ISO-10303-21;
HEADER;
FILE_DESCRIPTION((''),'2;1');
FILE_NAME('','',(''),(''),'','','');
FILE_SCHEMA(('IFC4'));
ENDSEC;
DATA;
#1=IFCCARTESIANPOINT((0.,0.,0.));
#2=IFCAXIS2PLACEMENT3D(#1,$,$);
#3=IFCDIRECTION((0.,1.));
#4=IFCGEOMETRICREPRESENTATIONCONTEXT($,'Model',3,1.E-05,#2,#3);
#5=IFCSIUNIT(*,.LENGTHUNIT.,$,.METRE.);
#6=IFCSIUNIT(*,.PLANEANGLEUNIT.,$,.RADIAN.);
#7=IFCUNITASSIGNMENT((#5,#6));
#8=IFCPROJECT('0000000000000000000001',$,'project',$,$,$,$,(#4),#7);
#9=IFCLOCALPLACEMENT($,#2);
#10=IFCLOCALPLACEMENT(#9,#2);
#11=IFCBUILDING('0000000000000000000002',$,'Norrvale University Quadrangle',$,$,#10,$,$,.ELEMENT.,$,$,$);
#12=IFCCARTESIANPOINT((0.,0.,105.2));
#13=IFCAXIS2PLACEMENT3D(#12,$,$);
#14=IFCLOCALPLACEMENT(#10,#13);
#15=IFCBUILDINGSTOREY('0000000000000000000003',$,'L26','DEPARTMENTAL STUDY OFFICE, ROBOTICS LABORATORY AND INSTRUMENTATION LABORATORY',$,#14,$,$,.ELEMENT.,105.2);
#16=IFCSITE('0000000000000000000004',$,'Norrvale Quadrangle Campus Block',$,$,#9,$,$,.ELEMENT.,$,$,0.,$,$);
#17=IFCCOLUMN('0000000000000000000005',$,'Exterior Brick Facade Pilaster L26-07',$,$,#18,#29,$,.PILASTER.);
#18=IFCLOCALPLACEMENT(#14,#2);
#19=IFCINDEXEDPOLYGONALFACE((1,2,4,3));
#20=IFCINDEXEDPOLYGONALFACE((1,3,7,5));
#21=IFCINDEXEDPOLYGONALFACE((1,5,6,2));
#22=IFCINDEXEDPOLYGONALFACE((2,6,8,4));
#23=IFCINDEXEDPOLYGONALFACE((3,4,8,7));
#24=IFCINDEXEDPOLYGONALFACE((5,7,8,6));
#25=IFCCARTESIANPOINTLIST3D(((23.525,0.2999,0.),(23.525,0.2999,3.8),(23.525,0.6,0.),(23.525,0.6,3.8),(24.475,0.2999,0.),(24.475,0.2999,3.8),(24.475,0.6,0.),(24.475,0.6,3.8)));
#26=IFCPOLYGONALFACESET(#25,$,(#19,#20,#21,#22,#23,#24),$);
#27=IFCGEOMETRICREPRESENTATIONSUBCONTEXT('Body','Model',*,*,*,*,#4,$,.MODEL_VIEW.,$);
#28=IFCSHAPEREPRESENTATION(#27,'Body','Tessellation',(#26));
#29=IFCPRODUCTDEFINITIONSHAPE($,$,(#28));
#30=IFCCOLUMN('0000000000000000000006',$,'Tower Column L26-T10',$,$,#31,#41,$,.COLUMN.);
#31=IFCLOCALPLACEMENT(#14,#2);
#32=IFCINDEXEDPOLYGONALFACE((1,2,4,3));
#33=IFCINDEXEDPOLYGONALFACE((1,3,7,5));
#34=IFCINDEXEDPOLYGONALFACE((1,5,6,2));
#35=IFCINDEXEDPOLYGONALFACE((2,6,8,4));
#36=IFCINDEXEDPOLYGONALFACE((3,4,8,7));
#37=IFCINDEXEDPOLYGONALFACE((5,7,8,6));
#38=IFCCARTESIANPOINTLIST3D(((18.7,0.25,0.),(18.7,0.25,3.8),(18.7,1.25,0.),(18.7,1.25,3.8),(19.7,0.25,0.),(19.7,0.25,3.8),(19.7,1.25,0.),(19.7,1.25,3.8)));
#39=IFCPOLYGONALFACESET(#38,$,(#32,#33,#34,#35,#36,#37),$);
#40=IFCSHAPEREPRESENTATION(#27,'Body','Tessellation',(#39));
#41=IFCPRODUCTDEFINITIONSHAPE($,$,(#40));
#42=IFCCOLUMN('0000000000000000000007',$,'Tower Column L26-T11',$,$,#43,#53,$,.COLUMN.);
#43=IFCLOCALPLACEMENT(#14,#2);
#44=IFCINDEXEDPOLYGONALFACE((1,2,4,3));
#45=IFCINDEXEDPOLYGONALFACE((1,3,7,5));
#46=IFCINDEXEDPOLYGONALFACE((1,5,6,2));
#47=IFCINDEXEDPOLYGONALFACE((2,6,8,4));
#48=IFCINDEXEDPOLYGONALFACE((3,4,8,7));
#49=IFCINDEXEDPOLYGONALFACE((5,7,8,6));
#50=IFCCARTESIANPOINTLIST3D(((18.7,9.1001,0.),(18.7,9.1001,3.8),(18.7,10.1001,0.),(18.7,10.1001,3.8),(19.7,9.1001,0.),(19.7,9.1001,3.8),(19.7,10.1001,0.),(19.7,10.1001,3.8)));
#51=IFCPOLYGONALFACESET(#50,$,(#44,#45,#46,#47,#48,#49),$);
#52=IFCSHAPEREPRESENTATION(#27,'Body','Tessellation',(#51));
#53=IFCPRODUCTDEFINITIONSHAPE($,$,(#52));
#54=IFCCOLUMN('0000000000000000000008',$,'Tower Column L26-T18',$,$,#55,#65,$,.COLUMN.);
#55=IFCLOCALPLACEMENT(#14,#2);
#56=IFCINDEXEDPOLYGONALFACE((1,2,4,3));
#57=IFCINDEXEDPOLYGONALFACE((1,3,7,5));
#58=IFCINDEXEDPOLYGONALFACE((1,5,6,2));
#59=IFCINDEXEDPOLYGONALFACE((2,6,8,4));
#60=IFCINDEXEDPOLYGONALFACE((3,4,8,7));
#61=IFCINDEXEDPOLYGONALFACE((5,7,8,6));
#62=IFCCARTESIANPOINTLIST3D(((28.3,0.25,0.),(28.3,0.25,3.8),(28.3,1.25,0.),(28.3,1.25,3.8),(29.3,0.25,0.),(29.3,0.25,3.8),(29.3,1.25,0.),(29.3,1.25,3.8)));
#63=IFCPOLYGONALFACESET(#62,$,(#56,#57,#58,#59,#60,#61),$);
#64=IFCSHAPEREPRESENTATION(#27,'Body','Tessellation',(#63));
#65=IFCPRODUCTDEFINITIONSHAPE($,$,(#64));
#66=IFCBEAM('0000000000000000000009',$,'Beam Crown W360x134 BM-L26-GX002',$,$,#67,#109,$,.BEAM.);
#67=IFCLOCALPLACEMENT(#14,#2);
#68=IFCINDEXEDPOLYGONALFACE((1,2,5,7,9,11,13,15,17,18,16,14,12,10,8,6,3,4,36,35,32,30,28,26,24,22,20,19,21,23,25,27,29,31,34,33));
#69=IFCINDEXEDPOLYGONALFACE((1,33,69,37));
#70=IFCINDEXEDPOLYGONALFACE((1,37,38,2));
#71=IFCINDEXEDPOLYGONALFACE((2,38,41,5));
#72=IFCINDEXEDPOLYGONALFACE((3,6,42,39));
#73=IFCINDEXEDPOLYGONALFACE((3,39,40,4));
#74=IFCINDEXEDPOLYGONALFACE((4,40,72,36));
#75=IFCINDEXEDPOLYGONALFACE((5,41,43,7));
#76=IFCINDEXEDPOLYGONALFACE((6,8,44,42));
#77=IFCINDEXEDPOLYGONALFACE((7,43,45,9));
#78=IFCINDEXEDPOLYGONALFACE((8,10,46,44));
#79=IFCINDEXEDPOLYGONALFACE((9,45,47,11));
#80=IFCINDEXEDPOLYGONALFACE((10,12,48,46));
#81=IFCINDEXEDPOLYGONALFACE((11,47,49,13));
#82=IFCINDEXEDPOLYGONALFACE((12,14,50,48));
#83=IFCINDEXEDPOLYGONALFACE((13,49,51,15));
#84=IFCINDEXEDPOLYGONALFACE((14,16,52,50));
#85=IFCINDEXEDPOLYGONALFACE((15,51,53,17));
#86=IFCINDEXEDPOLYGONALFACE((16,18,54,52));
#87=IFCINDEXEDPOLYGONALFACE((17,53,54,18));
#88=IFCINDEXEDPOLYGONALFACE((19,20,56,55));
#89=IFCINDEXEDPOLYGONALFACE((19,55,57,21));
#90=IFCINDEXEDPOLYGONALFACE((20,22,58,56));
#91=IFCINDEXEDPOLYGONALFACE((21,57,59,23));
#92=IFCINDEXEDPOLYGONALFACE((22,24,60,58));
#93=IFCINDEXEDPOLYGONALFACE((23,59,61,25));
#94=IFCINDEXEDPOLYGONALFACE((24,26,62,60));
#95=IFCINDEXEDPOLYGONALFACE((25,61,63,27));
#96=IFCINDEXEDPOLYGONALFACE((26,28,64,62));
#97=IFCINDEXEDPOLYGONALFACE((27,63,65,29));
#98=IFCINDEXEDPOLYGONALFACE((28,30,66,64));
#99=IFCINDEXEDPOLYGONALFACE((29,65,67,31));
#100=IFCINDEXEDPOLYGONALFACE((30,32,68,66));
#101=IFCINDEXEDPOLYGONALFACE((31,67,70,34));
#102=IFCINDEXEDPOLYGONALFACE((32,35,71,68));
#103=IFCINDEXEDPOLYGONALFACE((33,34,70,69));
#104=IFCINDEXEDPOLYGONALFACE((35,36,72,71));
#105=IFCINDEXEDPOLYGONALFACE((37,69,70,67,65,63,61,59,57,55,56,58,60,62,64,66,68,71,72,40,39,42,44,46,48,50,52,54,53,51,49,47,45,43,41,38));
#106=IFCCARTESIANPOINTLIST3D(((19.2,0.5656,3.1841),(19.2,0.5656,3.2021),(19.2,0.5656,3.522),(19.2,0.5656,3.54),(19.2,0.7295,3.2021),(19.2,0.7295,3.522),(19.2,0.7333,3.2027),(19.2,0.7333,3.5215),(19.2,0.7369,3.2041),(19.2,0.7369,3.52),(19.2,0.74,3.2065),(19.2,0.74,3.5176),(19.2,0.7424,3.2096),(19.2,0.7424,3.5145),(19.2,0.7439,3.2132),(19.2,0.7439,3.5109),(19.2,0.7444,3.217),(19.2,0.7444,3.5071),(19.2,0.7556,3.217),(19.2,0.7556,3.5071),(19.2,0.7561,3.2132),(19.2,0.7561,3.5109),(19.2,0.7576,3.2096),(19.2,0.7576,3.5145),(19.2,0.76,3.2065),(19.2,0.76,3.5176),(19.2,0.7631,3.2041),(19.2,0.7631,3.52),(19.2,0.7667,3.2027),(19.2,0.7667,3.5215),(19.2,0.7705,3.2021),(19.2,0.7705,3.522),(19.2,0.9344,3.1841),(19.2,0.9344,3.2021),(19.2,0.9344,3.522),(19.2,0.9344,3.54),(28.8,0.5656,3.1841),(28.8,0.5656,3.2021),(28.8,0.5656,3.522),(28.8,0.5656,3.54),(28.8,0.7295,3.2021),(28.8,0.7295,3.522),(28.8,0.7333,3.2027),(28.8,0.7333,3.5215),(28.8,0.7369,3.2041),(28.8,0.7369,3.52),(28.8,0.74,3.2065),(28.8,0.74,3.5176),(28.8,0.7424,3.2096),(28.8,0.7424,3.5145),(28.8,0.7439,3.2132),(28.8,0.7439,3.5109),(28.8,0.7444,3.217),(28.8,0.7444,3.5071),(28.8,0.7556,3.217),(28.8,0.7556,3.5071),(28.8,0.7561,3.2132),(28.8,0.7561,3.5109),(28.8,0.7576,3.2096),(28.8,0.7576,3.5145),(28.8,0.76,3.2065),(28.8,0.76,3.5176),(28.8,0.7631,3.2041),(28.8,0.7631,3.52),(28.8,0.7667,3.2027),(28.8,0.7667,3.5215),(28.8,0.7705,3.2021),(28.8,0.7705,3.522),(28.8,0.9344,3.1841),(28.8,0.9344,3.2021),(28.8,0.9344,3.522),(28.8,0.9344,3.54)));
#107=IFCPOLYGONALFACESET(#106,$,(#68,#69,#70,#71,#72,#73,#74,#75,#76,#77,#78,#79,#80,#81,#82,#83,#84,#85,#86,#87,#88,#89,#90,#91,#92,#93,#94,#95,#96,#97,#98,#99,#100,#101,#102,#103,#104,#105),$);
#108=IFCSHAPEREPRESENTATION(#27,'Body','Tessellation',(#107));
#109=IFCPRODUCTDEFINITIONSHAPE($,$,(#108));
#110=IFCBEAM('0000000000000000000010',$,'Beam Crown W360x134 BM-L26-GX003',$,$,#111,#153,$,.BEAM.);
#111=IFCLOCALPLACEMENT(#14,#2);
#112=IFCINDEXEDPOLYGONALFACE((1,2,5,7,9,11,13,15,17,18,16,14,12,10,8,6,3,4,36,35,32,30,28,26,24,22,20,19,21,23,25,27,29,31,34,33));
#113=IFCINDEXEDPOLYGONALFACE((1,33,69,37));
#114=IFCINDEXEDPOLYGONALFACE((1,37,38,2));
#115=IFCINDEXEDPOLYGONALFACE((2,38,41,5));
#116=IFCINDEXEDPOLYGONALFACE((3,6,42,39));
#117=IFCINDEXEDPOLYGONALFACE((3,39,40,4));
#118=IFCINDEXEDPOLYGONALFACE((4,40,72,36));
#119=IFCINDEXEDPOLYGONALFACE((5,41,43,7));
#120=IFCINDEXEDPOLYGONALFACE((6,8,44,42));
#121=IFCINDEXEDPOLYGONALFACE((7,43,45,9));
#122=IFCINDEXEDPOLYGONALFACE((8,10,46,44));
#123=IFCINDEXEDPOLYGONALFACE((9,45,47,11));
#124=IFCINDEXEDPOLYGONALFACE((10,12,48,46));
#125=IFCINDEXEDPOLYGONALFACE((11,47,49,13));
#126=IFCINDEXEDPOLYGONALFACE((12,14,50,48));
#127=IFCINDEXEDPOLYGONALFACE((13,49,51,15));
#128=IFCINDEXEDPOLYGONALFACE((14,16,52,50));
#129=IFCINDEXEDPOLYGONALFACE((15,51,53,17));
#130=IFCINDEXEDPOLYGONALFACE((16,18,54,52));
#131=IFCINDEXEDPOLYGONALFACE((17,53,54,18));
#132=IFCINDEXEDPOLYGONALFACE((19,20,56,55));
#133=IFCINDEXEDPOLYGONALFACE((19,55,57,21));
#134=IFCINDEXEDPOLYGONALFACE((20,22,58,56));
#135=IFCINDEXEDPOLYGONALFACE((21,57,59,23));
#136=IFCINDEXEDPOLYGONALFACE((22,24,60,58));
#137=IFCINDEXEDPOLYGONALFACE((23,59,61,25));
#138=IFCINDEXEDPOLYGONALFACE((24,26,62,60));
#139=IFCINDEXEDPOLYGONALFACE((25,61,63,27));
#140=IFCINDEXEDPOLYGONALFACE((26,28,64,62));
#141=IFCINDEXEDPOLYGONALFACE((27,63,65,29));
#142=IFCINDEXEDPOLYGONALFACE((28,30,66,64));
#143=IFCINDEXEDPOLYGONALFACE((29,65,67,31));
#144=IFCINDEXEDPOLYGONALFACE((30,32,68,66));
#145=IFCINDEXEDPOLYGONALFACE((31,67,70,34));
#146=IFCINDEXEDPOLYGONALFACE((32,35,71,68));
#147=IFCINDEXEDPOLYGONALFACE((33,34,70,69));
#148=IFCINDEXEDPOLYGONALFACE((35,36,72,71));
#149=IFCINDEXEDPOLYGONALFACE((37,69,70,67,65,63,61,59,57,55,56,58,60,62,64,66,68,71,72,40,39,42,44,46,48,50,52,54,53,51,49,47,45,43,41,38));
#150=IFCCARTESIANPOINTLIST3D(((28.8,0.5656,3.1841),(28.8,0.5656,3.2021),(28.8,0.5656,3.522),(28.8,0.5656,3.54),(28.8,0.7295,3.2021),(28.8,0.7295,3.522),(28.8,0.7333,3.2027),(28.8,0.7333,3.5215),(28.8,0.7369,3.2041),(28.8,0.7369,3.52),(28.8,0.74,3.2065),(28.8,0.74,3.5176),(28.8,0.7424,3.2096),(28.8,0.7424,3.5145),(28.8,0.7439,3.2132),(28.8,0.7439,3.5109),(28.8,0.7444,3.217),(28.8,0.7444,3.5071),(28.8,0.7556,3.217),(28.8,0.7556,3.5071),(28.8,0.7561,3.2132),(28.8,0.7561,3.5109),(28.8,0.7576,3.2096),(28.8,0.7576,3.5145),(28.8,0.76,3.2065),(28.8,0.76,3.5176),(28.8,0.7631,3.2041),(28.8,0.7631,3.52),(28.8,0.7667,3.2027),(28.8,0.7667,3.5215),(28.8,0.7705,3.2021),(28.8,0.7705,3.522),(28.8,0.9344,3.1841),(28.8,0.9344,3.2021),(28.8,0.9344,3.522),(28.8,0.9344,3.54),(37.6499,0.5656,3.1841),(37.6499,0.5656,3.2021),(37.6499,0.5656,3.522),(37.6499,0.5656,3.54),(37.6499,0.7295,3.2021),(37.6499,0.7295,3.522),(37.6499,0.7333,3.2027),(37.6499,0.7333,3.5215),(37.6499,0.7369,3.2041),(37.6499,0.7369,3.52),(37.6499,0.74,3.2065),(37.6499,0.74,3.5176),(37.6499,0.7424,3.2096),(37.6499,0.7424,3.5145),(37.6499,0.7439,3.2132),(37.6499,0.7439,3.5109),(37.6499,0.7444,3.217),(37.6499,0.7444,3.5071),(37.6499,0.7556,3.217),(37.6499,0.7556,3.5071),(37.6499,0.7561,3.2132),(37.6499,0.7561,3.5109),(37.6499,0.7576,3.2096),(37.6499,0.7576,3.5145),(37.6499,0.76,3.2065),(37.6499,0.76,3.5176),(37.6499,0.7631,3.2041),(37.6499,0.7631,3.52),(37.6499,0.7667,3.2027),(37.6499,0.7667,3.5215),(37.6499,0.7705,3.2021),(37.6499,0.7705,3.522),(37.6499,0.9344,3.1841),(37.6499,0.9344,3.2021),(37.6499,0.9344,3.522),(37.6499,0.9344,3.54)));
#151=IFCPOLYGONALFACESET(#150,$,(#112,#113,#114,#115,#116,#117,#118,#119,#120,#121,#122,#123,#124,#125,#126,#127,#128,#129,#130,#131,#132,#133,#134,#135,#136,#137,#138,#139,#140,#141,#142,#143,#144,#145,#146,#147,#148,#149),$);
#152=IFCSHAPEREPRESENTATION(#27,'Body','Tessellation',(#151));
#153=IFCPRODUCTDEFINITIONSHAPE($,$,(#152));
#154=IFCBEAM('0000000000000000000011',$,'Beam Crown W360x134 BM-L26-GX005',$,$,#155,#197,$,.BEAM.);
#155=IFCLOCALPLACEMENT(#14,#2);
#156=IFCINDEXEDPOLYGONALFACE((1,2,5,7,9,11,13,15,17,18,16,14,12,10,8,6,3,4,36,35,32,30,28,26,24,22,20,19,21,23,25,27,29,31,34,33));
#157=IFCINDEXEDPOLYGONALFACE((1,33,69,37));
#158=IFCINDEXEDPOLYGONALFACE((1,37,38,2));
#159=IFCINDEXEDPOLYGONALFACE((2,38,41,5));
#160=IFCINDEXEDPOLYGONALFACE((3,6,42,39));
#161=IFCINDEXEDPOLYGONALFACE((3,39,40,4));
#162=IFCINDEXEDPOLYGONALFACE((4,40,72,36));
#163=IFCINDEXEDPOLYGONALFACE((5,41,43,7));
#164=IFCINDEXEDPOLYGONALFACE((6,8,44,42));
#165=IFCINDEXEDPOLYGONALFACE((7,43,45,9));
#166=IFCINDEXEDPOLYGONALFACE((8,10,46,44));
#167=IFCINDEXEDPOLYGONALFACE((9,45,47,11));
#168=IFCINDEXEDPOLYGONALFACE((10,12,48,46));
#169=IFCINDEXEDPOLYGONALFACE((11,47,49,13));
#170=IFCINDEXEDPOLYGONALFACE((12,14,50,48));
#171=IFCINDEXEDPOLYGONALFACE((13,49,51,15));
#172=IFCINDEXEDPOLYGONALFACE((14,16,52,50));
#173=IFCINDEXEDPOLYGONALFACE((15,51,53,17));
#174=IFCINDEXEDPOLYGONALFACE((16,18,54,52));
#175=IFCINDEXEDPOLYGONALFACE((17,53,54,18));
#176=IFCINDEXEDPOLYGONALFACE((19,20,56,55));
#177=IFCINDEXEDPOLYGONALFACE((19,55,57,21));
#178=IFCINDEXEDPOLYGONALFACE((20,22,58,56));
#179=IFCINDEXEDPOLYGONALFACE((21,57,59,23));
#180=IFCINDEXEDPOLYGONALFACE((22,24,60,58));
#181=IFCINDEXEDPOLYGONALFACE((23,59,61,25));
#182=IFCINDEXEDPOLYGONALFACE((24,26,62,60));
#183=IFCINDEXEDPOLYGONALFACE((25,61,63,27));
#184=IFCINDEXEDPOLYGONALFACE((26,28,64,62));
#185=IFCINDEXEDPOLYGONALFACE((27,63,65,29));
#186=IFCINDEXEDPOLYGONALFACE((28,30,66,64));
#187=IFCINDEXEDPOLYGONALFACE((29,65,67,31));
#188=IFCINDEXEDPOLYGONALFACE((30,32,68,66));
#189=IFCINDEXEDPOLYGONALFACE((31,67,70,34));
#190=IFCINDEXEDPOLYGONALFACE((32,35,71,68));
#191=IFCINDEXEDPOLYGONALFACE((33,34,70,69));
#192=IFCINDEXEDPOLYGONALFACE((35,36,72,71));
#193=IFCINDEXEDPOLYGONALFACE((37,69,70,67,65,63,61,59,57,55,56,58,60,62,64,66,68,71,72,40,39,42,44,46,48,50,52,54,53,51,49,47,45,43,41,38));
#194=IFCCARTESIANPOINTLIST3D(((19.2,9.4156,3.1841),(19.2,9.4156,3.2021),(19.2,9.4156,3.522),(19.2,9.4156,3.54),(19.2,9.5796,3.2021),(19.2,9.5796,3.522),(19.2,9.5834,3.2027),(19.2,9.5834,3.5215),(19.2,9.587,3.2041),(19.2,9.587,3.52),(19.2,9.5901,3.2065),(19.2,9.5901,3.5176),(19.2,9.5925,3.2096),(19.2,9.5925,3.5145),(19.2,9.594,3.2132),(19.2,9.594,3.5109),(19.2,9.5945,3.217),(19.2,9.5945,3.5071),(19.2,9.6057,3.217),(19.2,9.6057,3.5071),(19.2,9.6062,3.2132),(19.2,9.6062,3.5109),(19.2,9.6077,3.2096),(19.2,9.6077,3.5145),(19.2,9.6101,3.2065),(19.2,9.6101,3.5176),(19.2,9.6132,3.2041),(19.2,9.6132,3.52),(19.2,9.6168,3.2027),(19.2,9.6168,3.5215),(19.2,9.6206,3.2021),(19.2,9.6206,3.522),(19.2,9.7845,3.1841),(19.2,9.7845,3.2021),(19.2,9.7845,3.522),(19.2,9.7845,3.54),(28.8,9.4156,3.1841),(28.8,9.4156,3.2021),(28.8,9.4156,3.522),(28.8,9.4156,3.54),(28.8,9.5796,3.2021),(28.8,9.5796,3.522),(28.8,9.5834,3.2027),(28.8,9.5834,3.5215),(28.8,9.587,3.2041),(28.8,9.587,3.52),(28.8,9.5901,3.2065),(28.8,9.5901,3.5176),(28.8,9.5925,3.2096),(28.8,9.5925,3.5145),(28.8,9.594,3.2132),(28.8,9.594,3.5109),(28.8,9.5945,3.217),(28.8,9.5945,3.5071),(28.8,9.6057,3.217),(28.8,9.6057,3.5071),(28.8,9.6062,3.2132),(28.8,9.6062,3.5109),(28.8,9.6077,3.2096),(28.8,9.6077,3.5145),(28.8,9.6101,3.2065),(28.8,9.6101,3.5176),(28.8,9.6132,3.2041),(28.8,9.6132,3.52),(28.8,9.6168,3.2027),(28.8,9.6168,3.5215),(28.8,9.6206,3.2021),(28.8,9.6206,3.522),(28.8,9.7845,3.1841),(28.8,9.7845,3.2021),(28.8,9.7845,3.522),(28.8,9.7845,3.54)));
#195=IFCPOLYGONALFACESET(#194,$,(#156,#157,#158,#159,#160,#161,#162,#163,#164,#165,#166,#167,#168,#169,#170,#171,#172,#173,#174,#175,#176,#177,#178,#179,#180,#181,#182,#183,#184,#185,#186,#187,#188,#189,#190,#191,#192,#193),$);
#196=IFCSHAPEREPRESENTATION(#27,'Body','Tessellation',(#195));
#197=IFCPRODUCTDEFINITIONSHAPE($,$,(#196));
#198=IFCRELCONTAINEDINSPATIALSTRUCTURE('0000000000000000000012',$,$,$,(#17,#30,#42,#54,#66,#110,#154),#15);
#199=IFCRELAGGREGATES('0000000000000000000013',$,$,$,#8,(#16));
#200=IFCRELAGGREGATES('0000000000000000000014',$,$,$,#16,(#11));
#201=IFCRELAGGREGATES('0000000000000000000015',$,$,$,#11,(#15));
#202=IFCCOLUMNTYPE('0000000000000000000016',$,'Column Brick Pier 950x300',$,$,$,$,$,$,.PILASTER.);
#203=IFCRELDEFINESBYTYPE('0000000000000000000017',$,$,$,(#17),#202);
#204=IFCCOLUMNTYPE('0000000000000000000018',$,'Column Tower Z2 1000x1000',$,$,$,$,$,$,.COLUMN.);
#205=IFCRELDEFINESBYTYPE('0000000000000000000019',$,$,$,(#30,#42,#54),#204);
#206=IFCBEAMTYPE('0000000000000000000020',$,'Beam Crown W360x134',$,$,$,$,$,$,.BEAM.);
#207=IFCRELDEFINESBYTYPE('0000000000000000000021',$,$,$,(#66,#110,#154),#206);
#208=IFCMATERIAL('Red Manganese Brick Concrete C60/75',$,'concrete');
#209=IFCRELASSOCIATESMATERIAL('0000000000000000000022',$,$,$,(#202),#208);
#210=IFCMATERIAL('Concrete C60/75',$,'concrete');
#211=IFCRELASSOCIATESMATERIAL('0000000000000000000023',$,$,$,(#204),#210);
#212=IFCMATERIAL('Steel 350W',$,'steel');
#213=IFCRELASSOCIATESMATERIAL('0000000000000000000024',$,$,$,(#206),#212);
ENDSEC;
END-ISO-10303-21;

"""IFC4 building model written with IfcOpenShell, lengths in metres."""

from ifc_helpers import new_model, si_unit, direction, frame, origin, origin_2d, place, context, subcontext, project, spatial, rectangle, i_section, extrude, material, material_profile, profile_set, type_object, element, save


model = new_model("IFC4")

# Units and contexts
model_context = context("Model", 3, precision=1e-05, world=origin(), true_north=direction((0.0, 1.0)))
body_context = subcontext(model_context, "Body", "Model", "MODEL_VIEW")
ifc_project = project(units=[si_unit("LENGTHUNIT", "METRE"), si_unit("PLANEANGLEUNIT", "RADIAN")], contexts=[model_context])

# Site, building, storey
site_placement = place(None, origin())
site = spatial("IfcSite", under=ifc_project, at=site_placement, Name="Norrvale Quadrangle Campus Block", CompositionType="ELEMENT", RefElevation=0.0)
building_placement = place(site_placement, origin())
building = spatial("IfcBuilding", under=site, at=building_placement, Name="Norrvale University Quadrangle", CompositionType="ELEMENT")
storey_placement = place(building_placement, frame((0.0, 0.0, 105.2)))
storey = spatial("IfcBuildingStorey", under=building, at=storey_placement, Name="L26", Description="DEPARTMENTAL STUDY OFFICE, ROBOTICS LABORATORY AND INSTRUMENTATION LABORATORY", CompositionType="ELEMENT", Elevation=105.2)

# Columns
ifc_material_1 = material(Name="Red Manganese Brick Concrete C60/75", Category="concrete")
ifc_material_profile_1 = material_profile(ifc_material_1, rectangle(XDim=0.95, YDim=0.3, at=origin_2d()), Name="Red Manganese Brick Concrete C60/75")
ifc_profile_set_1 = profile_set([ifc_material_profile_1], Name="Red Manganese Brick Concrete C60/75")
column_type_1 = type_object("IfcColumnType", Name="Column Brick Pier 950x300", PredefinedType="PILASTER", material=ifc_profile_set_1)
column_placement = place(storey_placement, frame((24.0, 0.45, 0.0), z_axis=(0.0, 0.0, 1.0), x_axis=(1.0, 0.0, 0.0)))
element("IfcColumn", 1, at=column_placement, inside=storey, type_object=column_type_1, Name="Exterior Brick Facade Pilaster L26-07", PredefinedType="PILASTER", context=body_context, shape_type="SweptSolid", body=[
    extrude(rectangle(XDim=0.95, YDim=0.3, at=origin_2d()), origin(), (0.0, 0.0, 1.0), 3.8),
])
ifc_material_2 = material(Name="Concrete C60/75", Category="concrete")
ifc_material_profile_2 = material_profile(ifc_material_2, rectangle(XDim=1.0, YDim=1.0, at=origin_2d()), Name="Concrete C60/75")
ifc_profile_set_2 = profile_set([ifc_material_profile_2], Name="Concrete C60/75")
column_type_2 = type_object("IfcColumnType", Name="Column Tower Z2 1000x1000", PredefinedType="COLUMN", material=ifc_profile_set_2)
for number, where, z_axis, x_axis, name in (
    (2, (19.2, 0.75, 0.0), (0.0, 0.0, 1.0), (1.0, 0.0, 0.0), "Tower Column L26-T10"),
    (3, (19.2, 9.6001, 0.0), (0.0, 0.0, 1.0), (1.0, 0.0, 0.0), "Tower Column L26-T11"),
    (4, (28.8, 0.75, 0.0), (0.0, 0.0, 1.0), (1.0, 0.0, 0.0), "Tower Column L26-T18"),
):
    element("IfcColumn", number, at=place(storey_placement, frame(where, z_axis=z_axis, x_axis=x_axis)), inside=storey, type_object=column_type_2, Name=name, PredefinedType="COLUMN", context=body_context, shape_type="SweptSolid", body=[
        extrude(rectangle(XDim=1.0, YDim=1.0, at=origin_2d()), origin(), (0.0, 0.0, 1.0), 3.8),
    ])

# Beams
ifc_material_3 = material(Name="Steel 350W", Category="steel")
ifc_material_profile_3 = material_profile(ifc_material_3, i_section(OverallWidth=0.3689, OverallDepth=0.356, WebThickness=0.0112, FlangeThickness=0.0181, FilletRadius=0.0149, at=origin_2d()), Name="Steel 350W")
ifc_profile_set_3 = profile_set([ifc_material_profile_3], Name="Steel 350W")
beam_type_1 = type_object("IfcBeamType", Name="Beam Crown W360x134", PredefinedType="BEAM", material=ifc_profile_set_3)
beam_1_placement = place(storey_placement, frame((19.2, 0.75, 3.3621), z_axis=(1.0, 0.0, 0.0), x_axis=(0.0, 1.0, 0.0)))
element("IfcBeam", 5, at=beam_1_placement, inside=storey, type_object=beam_type_1, Name="Beam Crown W360x134 BM-L26-GX002", PredefinedType="BEAM", context=body_context, shape_type="SweptSolid", body=[
    extrude(i_section(OverallWidth=0.3689, OverallDepth=0.356, WebThickness=0.0112, FlangeThickness=0.0181, FilletRadius=0.0149, at=origin_2d()), origin(), (0.0, 0.0, 1.0), 9.6001),
])
beam_2_placement = place(storey_placement, frame((28.8, 0.75, 3.3621), z_axis=(1.0, 0.0, 0.0), x_axis=(0.0, 1.0, 0.0)))
element("IfcBeam", 6, at=beam_2_placement, inside=storey, type_object=beam_type_1, Name="Beam Crown W360x134 BM-L26-GX003", PredefinedType="BEAM", context=body_context, shape_type="SweptSolid", body=[
    extrude(i_section(OverallWidth=0.3689, OverallDepth=0.356, WebThickness=0.0112, FlangeThickness=0.0181, FilletRadius=0.0149, at=origin_2d()), origin(), (0.0, 0.0, 1.0), 8.8499),
])
beam_3_placement = place(storey_placement, frame((19.2, 9.6001, 3.3621), z_axis=(1.0, 0.0, 0.0), x_axis=(0.0, 1.0, 0.0)))
element("IfcBeam", 7, at=beam_3_placement, inside=storey, type_object=beam_type_1, Name="Beam Crown W360x134 BM-L26-GX005", PredefinedType="BEAM", context=body_context, shape_type="SweptSolid", body=[
    extrude(i_section(OverallWidth=0.3689, OverallDepth=0.356, WebThickness=0.0112, FlangeThickness=0.0181, FilletRadius=0.0149, at=origin_2d()), origin(), (0.0, 0.0, 1.0), 9.6001),
])

save(model, "model.ifc")
